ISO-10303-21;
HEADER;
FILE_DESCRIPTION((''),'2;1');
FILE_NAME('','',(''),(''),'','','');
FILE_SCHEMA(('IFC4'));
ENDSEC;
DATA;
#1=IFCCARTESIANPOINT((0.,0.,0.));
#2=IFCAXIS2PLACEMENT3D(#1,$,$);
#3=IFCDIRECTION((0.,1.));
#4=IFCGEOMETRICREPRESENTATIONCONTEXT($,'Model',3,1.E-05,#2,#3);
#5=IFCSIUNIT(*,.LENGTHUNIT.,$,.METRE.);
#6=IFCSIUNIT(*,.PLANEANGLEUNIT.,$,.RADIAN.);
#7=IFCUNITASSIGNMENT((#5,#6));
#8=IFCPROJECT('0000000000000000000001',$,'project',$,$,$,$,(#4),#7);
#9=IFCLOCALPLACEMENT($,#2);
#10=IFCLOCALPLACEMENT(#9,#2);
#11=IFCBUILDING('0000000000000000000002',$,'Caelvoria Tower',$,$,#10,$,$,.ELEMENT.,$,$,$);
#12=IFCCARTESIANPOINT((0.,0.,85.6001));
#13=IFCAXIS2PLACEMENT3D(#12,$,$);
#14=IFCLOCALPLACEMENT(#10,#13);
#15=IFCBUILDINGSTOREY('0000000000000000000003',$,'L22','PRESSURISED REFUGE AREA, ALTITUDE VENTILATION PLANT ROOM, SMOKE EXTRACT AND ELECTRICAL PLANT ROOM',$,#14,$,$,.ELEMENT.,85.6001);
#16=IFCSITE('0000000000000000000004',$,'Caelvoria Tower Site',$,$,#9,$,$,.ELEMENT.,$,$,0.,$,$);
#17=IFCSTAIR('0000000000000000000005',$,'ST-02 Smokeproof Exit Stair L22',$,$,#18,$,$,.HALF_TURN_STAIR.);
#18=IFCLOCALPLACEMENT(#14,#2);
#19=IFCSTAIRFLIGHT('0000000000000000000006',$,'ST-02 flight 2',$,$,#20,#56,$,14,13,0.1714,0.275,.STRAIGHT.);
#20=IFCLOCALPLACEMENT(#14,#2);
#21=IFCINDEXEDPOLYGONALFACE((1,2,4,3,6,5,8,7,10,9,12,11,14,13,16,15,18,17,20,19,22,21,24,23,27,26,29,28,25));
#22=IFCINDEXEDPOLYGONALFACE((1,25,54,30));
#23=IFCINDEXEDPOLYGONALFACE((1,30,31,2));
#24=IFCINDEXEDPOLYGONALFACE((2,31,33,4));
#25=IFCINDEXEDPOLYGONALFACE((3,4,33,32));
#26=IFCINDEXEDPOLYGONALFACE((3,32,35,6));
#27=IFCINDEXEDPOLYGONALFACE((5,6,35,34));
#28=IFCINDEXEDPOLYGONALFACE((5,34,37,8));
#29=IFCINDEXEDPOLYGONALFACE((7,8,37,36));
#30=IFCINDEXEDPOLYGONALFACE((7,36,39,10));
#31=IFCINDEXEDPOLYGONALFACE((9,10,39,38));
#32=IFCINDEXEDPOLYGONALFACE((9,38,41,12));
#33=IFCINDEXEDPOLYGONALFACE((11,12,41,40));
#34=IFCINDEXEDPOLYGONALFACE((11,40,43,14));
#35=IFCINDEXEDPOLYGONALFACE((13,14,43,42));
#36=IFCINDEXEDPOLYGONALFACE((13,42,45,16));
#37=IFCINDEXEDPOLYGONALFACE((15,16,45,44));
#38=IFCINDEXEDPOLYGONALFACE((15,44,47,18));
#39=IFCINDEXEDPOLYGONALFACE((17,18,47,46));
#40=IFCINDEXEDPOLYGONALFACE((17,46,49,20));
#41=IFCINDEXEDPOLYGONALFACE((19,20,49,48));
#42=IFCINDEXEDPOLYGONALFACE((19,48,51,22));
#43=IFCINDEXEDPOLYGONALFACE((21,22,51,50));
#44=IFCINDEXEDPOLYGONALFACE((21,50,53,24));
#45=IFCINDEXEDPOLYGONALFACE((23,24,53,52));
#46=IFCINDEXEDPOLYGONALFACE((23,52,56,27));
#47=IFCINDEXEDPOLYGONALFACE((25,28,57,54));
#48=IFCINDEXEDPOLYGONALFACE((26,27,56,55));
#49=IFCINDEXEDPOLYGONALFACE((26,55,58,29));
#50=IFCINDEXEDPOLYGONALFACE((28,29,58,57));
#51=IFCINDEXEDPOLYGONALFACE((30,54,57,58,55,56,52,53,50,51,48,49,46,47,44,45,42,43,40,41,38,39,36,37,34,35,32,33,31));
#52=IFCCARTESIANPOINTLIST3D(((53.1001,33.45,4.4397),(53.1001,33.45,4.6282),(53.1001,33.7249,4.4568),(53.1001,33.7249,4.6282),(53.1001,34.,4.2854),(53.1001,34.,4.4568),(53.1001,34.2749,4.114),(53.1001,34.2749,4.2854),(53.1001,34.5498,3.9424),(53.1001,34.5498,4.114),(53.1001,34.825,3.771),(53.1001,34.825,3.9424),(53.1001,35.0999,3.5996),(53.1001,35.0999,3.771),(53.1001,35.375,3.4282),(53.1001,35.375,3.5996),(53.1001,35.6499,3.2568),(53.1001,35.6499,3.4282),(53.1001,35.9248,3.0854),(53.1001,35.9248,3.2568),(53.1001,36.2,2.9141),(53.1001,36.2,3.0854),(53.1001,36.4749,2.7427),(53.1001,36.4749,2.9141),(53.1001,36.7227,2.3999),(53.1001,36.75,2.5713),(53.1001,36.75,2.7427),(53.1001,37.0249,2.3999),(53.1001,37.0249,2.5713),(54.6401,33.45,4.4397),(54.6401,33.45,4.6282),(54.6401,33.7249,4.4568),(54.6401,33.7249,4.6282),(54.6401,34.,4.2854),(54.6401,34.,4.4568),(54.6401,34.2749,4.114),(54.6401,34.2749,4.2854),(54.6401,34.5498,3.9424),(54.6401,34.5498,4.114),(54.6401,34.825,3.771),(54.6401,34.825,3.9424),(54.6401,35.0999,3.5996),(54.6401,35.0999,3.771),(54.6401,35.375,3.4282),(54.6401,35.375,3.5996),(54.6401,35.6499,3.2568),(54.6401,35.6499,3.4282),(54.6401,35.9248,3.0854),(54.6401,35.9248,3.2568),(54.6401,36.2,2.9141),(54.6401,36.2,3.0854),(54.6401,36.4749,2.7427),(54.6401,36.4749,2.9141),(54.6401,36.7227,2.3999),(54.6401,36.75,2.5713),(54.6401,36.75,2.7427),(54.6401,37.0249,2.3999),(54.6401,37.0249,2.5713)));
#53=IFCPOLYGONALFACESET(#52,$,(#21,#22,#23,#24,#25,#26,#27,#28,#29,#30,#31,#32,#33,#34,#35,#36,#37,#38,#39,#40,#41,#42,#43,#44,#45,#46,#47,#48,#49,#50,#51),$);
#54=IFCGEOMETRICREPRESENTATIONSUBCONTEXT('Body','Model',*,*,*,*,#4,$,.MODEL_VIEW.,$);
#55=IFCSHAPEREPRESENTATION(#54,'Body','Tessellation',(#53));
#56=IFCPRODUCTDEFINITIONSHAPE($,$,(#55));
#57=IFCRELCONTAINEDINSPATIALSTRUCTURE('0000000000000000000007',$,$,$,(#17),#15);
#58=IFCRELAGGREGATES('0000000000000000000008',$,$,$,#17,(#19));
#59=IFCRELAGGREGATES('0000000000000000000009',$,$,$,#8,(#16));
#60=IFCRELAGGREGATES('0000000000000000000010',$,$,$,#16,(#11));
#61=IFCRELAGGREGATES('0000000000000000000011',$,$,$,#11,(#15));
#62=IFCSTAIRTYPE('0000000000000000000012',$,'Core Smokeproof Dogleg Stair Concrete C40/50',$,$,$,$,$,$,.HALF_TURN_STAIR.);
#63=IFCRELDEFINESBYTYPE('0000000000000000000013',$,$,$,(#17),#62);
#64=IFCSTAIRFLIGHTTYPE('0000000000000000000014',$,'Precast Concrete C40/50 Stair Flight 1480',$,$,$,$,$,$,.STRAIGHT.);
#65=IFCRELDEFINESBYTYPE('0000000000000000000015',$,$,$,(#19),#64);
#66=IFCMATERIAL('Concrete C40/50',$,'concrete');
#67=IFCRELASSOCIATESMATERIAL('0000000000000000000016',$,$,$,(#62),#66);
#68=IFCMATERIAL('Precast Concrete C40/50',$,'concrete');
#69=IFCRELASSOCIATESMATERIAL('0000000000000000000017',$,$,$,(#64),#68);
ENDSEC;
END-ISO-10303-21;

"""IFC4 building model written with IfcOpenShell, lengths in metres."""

from ifc_helpers import new_model, si_unit, direction, frame, origin, place, context, subcontext, project, spatial, polyline, outline, extrude, material, type_object, element, aggregate, save


model = new_model("IFC4")

# Units and contexts
model_context = context("Model", 3, precision=1e-05, world=origin(), true_north=direction((0.0, 1.0)))
body_context = subcontext(model_context, "Body", "Model", "MODEL_VIEW")
ifc_project = project(units=[si_unit("LENGTHUNIT", "METRE"), si_unit("PLANEANGLEUNIT", "RADIAN")], contexts=[model_context])

# Site, building, storey
site_placement = place(None, origin())
site = spatial("IfcSite", under=ifc_project, at=site_placement, Name="Caelvoria Tower Site", CompositionType="ELEMENT", RefElevation=0.0)
building_placement = place(site_placement, origin())
building = spatial("IfcBuilding", under=site, at=building_placement, Name="Caelvoria Tower", CompositionType="ELEMENT")
storey_placement = place(building_placement, frame((0.0, 0.0, 85.6001)))
storey = spatial("IfcBuildingStorey", under=building, at=storey_placement, Name="L22", Description="PRESSURISED REFUGE AREA, ALTITUDE VENTILATION PLANT ROOM, SMOKE EXTRACT AND ELECTRICAL PLANT ROOM", CompositionType="ELEMENT", Elevation=85.6001)

# Stair, stair flight
ifc_material_1 = material(Name="Concrete C40/50", Category="concrete")
stair_type = type_object("IfcStairType", Name="Core Smokeproof Dogleg Stair Concrete C40/50", PredefinedType="HALF_TURN_STAIR", material=ifc_material_1)
stair_placement = place(storey_placement, origin())
stair = element("IfcStair", 1, at=stair_placement, inside=storey, type_object=stair_type, Name="ST-02 Smokeproof Exit Stair L22", PredefinedType="HALF_TURN_STAIR")
ifc_material_2 = material(Name="Precast Concrete C40/50", Category="concrete")
stair_flight_type = type_object("IfcStairFlightType", Name="Precast Concrete C40/50 Stair Flight 1480", PredefinedType="STRAIGHT", material=ifc_material_2)
stair_flight_1_placement = place(storey_placement, frame((53.8701, 37.0249, 2.3999), z_axis=(0.0, 0.0, 1.0), x_axis=(0.0, -1.0, 0.0)))
stair_flight_1 = element("IfcStairFlight", 2, at=stair_flight_1_placement, type_object=stair_flight_type, Name="ST-02 flight 2", NumberOfRisers=14, NumberOfTreads=13, PredefinedType="STRAIGHT", RiserHeight=0.1714, TreadLength=0.275, context=body_context, shape_type="SweptSolid", body=[
    extrude(outline(polyline([(0.0, 0.0), (0.0, 0.1714), (0.2749, 0.1714), (0.2749, 0.3428), (0.55, 0.3428), (0.55, 0.5142), (0.825, 0.5142), (0.825, 0.6855), (1.1001, 0.6855), (1.1001, 0.8569), (1.375, 0.8569), (1.375, 1.0283), (1.6499, 1.0283), (1.6499, 1.1997), (1.925, 1.1997), (1.925, 1.3711), (2.2, 1.3711), (2.2, 1.5425), (2.4751, 1.5425), (2.4751, 1.7141), (2.75, 1.7141), (2.75, 1.8855), (3.0249, 1.8855), (3.0249, 2.0569), (3.3, 2.0569), (3.3, 2.2283), (3.575, 2.2283), (3.575, 2.3997), (3.575, 2.0398), (0.3022, 0.0), (0.0, 0.0)])), frame((0.0, 0.77, 0.0), z_axis=(0.0, -1.0, 0.0), x_axis=(1.0, 0.0, 0.0)), (0.0, 0.0, 1.0), 1.54),
])
aggregate(stair, [stair_flight_1])

save(model, "model.ifc")
